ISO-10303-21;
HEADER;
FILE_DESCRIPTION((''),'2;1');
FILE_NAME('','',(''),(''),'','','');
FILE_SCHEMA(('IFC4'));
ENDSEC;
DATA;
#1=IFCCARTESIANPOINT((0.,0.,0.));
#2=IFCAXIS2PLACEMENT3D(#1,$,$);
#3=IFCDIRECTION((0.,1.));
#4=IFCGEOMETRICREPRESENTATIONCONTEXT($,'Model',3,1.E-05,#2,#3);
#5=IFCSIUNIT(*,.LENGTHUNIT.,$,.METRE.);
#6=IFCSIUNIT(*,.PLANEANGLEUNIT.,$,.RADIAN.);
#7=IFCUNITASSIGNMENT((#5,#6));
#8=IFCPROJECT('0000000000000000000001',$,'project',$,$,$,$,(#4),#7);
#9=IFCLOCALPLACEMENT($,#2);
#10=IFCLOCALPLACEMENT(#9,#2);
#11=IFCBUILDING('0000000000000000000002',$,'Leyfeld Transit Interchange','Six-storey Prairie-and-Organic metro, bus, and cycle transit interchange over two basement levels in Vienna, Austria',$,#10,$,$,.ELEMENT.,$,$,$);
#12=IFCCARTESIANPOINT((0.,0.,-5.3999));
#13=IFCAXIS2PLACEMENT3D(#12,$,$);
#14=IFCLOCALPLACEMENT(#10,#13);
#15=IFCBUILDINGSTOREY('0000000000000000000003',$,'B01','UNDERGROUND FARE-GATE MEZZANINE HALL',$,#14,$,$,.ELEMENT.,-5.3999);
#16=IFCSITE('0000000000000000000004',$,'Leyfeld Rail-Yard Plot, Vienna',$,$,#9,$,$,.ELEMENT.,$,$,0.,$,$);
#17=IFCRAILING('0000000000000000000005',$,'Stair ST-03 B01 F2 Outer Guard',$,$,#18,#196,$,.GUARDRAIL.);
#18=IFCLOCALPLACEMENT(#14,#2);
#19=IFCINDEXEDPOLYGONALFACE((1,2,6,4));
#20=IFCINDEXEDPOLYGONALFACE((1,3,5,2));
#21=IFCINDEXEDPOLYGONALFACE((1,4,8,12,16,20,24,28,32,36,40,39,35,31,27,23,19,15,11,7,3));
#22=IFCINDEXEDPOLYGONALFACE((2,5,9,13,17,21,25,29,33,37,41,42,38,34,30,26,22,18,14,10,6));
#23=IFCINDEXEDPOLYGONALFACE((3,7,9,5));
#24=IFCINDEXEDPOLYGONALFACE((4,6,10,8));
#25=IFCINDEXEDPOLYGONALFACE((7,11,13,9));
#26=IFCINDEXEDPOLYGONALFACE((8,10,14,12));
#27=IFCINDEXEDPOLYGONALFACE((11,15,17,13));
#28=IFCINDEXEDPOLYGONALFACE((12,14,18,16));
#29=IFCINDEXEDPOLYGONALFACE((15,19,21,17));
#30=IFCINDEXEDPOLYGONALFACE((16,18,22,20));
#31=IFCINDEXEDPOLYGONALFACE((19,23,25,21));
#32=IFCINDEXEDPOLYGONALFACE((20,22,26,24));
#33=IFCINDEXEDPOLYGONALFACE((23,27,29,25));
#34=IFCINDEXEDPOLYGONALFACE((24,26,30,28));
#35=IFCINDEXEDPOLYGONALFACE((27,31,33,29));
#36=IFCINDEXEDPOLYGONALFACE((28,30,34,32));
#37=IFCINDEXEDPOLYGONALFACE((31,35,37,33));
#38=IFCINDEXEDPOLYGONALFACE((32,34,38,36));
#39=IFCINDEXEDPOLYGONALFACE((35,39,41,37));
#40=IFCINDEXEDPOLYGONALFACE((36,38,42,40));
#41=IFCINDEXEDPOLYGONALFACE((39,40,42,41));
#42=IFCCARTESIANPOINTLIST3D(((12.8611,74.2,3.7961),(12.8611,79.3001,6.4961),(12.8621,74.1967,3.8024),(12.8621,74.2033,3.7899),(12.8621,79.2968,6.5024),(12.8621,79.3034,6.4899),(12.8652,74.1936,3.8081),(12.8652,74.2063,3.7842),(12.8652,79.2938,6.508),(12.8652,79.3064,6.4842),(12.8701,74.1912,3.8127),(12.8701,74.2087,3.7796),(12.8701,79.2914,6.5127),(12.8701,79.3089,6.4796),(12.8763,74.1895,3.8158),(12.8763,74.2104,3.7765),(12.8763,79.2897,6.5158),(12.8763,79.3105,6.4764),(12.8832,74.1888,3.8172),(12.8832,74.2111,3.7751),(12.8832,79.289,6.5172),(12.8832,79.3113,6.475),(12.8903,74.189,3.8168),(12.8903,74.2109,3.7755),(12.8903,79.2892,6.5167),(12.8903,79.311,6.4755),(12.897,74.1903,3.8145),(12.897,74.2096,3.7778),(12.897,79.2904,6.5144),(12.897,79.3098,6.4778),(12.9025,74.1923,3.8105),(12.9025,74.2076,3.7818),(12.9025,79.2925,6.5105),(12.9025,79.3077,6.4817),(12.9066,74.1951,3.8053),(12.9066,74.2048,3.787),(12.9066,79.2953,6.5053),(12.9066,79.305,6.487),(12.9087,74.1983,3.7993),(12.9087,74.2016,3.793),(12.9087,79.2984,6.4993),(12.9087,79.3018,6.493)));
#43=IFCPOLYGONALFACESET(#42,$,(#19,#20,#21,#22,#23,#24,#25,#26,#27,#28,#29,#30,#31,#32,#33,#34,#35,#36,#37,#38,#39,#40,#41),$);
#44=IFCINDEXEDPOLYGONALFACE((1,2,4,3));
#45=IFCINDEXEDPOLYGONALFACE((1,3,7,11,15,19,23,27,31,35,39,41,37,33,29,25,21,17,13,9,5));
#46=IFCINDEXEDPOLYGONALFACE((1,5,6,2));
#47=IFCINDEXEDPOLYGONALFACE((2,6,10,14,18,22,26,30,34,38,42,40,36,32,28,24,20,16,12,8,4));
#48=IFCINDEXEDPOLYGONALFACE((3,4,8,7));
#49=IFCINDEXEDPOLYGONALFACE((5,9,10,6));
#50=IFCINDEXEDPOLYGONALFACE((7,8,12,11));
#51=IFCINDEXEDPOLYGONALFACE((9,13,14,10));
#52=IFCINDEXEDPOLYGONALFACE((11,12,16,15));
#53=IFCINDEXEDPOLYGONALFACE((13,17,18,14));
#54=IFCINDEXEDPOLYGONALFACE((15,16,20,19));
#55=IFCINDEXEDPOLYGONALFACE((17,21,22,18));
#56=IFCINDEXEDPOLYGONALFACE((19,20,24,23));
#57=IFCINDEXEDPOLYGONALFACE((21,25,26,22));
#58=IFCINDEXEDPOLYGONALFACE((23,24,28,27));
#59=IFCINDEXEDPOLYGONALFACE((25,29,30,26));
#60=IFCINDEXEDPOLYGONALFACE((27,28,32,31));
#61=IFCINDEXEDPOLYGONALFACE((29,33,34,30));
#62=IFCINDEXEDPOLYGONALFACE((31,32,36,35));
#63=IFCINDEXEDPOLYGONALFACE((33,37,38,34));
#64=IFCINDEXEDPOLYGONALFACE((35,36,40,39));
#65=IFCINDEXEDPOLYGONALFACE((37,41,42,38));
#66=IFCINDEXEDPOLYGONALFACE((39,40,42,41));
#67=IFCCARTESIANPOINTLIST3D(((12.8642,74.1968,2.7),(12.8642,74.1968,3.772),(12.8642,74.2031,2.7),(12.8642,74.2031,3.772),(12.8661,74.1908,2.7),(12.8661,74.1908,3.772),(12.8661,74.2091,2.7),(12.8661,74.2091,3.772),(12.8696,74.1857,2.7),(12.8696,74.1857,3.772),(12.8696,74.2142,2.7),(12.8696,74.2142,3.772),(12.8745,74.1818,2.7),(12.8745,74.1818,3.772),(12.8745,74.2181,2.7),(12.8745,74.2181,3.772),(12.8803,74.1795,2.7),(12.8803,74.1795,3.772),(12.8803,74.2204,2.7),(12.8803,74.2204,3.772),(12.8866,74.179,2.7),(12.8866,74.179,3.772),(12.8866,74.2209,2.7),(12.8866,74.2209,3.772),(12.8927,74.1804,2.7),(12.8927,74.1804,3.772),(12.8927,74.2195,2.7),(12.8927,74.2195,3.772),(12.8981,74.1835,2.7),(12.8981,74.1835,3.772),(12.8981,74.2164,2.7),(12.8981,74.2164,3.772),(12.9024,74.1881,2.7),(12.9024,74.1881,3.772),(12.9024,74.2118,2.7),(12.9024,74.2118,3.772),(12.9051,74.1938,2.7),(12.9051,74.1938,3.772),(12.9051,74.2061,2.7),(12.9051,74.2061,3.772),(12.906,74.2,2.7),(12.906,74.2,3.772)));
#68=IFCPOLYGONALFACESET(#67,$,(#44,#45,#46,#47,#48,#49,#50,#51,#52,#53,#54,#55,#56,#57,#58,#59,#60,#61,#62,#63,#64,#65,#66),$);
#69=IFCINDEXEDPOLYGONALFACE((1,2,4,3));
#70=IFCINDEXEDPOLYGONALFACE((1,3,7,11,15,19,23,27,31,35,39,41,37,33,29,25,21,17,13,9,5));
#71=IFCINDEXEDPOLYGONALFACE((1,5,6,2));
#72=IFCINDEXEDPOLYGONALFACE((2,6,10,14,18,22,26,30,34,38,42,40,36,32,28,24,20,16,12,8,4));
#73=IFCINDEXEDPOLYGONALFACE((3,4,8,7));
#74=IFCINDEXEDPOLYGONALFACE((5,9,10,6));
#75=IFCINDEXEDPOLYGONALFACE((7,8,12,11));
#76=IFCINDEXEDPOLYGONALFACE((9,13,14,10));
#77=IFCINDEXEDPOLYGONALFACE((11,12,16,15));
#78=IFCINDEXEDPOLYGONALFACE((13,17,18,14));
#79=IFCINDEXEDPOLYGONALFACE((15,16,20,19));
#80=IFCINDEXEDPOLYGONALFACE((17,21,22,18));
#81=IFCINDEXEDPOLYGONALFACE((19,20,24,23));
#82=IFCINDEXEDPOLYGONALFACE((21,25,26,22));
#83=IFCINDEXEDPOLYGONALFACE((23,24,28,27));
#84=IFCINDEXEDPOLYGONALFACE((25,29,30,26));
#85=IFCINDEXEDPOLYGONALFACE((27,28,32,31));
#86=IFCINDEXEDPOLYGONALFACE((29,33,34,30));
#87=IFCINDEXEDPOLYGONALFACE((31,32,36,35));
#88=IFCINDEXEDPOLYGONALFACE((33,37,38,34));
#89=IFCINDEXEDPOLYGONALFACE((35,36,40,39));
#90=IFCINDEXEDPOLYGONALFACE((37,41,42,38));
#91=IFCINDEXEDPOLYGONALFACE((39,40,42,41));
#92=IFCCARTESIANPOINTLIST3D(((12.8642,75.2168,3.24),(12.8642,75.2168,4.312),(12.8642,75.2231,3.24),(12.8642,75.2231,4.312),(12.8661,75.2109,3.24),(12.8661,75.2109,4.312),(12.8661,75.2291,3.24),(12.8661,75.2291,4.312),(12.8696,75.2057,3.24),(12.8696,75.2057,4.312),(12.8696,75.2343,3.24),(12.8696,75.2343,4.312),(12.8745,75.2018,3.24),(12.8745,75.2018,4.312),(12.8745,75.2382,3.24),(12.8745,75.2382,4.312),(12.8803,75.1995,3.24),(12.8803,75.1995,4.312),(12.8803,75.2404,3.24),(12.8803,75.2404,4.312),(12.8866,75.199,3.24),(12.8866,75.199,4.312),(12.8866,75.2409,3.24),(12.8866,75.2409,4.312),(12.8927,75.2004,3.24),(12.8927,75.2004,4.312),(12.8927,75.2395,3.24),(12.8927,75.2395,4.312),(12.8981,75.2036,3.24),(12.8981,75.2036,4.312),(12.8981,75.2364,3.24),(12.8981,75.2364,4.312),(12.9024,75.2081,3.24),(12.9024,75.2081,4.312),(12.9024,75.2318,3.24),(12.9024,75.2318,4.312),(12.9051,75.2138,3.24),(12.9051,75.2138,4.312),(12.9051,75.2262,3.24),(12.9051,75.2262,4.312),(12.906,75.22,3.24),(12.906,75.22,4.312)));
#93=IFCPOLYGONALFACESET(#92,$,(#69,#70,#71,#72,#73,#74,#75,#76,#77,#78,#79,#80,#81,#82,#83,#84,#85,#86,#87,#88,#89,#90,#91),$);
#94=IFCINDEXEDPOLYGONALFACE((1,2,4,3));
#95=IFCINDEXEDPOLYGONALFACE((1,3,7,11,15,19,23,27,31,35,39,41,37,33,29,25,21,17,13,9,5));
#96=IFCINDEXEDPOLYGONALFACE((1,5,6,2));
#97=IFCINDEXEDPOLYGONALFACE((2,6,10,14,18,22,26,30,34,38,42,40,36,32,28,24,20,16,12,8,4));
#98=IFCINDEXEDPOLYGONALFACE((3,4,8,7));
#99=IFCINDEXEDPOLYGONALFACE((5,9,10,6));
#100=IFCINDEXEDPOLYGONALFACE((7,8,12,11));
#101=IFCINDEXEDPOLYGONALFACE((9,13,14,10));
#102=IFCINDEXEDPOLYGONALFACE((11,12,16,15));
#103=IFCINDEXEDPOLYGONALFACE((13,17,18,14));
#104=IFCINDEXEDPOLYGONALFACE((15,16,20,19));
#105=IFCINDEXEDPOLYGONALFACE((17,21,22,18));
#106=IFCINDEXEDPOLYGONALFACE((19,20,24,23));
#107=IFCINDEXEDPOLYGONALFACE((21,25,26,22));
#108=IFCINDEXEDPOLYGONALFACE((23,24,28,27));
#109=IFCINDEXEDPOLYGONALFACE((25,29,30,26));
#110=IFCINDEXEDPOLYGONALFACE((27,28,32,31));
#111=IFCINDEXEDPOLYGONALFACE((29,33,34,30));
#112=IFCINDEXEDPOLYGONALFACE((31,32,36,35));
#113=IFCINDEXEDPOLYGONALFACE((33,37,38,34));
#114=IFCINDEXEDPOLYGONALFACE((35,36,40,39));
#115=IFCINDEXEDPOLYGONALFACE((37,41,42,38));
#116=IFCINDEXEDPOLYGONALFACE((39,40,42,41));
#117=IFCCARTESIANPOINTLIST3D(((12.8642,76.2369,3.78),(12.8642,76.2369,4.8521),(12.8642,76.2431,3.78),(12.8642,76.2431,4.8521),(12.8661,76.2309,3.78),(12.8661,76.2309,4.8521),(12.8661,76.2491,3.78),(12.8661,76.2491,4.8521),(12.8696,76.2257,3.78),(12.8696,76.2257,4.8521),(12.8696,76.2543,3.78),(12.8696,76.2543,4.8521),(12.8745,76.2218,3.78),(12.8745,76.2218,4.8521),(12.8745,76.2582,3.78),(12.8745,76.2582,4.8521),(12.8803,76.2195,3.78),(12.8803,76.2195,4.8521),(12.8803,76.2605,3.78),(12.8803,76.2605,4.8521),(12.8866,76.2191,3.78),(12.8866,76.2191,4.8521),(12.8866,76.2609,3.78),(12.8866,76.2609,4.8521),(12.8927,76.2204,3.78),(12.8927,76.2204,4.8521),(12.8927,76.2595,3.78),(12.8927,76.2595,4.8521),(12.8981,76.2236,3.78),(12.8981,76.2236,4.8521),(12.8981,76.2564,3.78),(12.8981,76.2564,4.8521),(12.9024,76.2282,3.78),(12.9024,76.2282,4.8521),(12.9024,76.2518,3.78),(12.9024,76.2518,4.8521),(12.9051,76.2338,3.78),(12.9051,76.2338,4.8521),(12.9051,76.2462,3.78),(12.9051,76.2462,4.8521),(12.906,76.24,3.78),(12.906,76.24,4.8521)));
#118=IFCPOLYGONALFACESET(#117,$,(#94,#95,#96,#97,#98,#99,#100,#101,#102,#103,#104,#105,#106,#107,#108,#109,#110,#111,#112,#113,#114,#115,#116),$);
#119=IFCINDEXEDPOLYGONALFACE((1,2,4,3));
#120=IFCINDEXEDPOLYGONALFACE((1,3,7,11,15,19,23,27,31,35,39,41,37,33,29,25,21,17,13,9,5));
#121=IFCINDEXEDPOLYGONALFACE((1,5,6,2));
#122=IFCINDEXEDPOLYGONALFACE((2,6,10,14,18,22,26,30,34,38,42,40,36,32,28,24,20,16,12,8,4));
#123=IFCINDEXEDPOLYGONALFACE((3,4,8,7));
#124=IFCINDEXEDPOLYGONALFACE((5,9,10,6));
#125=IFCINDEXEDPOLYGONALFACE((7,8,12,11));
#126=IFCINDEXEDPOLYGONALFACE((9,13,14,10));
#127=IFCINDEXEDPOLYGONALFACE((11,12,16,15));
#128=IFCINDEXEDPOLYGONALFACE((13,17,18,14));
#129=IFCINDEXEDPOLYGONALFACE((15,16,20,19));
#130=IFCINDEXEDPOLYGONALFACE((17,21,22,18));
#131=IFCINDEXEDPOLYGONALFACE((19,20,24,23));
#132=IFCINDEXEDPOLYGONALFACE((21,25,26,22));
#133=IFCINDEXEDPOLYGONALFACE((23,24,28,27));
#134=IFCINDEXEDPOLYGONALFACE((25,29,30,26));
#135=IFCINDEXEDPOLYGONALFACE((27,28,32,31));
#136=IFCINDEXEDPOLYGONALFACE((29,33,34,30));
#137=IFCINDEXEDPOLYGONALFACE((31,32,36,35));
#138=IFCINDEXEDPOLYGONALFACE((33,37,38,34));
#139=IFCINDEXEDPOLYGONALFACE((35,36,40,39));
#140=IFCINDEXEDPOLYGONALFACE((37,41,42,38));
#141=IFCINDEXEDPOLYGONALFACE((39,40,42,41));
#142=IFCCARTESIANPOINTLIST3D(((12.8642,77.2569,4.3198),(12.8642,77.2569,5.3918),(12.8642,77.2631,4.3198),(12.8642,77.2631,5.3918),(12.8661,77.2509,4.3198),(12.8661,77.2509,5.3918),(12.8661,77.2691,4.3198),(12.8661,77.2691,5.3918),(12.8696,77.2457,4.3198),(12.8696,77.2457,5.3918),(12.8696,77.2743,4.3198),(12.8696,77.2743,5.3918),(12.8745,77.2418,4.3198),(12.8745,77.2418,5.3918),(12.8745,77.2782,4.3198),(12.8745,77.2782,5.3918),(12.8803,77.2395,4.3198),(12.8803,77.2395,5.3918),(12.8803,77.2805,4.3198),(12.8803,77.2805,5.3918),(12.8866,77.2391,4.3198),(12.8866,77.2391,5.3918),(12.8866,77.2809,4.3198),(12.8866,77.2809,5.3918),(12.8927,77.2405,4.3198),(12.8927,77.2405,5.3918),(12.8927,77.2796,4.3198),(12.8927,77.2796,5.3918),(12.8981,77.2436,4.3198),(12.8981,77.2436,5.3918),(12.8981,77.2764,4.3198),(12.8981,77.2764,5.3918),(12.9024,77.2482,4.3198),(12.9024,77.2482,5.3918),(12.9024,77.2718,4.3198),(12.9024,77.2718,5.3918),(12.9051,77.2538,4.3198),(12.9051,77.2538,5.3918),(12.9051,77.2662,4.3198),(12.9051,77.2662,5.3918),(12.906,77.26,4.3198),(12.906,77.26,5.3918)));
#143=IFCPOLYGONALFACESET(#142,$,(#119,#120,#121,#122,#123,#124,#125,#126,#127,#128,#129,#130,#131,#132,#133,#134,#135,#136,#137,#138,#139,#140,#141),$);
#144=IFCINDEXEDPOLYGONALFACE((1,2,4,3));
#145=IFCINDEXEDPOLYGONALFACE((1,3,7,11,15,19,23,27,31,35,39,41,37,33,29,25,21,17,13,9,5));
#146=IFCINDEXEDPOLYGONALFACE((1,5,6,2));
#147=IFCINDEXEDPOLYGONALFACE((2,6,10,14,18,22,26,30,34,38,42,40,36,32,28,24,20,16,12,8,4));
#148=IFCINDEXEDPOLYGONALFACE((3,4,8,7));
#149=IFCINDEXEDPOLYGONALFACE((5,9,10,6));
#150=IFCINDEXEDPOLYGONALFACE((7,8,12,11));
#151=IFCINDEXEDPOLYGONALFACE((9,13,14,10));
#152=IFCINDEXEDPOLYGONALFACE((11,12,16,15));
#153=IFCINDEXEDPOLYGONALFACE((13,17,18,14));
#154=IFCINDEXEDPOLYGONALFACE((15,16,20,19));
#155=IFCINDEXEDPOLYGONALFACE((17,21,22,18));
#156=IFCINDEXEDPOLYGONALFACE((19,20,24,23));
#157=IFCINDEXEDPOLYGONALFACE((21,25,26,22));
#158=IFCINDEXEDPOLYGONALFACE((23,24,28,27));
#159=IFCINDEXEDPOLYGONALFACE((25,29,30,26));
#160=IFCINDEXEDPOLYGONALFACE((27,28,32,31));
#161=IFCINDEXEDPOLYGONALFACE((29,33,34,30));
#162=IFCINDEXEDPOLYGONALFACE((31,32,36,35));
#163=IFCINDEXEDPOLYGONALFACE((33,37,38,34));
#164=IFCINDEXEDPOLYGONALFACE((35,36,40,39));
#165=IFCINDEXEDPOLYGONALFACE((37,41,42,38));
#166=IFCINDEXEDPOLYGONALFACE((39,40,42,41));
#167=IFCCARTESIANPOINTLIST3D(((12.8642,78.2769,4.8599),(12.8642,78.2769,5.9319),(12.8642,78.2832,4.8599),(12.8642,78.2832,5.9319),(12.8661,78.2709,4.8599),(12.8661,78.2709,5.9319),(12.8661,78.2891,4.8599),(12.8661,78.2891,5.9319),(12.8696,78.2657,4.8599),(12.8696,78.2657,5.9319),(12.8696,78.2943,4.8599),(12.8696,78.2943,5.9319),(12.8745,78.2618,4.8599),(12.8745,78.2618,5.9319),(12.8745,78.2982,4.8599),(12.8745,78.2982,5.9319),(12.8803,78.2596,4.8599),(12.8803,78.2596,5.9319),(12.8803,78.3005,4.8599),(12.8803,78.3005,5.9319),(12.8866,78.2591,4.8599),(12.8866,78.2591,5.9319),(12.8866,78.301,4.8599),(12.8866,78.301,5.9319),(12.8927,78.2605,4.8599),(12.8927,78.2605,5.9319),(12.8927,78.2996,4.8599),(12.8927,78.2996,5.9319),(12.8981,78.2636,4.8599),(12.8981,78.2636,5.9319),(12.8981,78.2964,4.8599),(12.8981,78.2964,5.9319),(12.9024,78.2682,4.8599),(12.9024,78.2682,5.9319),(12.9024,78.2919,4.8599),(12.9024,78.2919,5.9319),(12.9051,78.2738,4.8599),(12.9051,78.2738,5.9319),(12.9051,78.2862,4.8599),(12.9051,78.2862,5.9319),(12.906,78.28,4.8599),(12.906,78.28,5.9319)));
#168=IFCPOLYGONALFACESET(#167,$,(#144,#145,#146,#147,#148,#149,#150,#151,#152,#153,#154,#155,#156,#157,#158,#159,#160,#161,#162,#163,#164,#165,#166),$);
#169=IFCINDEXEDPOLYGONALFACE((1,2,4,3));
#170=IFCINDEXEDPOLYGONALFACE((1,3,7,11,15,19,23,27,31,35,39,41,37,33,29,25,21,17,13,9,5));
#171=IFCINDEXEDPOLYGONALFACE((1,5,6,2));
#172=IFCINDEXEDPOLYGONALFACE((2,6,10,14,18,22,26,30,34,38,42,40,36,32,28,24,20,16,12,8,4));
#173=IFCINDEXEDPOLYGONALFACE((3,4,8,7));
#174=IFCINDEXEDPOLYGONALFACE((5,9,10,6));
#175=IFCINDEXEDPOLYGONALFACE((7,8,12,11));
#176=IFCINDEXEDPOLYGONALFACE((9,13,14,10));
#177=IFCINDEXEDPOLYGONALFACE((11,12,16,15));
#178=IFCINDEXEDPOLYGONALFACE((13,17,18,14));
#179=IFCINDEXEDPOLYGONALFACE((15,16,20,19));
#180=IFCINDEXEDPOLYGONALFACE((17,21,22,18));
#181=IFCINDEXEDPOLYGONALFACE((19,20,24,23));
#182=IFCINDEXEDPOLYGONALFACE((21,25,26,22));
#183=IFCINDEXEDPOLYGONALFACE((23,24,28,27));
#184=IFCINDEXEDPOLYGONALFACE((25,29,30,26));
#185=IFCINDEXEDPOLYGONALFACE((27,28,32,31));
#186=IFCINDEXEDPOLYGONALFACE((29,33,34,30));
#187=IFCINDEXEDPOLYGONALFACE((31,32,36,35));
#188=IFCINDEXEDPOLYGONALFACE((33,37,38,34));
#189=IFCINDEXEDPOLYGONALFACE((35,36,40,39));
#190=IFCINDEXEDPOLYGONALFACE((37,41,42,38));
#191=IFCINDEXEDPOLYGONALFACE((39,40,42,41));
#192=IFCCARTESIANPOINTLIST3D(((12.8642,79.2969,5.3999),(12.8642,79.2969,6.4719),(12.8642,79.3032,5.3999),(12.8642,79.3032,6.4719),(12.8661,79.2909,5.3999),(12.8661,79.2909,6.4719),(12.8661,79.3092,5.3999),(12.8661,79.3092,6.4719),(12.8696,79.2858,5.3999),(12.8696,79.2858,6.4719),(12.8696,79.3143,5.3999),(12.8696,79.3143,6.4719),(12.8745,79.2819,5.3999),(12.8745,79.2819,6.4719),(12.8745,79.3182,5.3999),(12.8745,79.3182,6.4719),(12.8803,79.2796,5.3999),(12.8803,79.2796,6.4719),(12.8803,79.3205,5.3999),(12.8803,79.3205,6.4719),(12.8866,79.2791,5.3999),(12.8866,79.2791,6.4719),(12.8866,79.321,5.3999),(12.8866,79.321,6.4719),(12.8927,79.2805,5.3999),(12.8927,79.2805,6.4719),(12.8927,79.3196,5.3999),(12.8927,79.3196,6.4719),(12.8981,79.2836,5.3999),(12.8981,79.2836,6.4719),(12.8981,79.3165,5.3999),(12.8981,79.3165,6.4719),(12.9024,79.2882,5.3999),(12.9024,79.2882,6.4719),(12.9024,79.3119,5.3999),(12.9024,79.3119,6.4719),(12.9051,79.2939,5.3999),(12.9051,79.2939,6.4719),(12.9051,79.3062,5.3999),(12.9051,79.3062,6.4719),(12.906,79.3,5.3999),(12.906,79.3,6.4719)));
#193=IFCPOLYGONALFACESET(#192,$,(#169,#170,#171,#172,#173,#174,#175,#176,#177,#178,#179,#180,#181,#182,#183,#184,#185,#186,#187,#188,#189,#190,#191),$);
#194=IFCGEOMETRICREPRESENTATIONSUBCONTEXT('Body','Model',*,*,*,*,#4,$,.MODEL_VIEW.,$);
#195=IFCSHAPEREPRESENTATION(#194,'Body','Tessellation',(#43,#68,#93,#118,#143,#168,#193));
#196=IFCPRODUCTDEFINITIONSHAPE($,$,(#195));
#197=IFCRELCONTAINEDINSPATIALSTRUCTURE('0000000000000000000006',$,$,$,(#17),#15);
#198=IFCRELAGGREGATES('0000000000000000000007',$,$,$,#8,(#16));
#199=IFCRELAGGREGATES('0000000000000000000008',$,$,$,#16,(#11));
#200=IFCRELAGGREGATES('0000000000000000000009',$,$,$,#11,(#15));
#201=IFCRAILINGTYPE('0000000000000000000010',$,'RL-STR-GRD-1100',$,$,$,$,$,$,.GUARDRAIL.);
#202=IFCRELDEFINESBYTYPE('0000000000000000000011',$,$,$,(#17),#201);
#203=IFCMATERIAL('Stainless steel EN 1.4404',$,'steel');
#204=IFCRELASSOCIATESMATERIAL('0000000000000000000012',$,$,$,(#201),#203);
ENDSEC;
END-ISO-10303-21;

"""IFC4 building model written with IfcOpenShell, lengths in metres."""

from ifc_helpers import new_model, si_unit, direction, frame, origin, origin_2d, place, context, subcontext, project, spatial, circle, extrude, material, type_object, element, save


model = new_model("IFC4")

# Units and contexts
model_context = context("Model", 3, precision=1e-05, world=origin(), true_north=direction((0.0, 1.0)))
body_context = subcontext(model_context, "Body", "Model", "MODEL_VIEW")
ifc_project = project(units=[si_unit("LENGTHUNIT", "METRE"), si_unit("PLANEANGLEUNIT", "RADIAN")], contexts=[model_context])

# Site, building, storey
site_placement = place(None, origin())
site = spatial("IfcSite", under=ifc_project, at=site_placement, Name="Leyfeld Rail-Yard Plot, Vienna", CompositionType="ELEMENT", RefElevation=0.0)
building_placement = place(site_placement, origin())
building = spatial("IfcBuilding", under=site, at=building_placement, Name="Leyfeld Transit Interchange", Description="Six-storey Prairie-and-Organic metro, bus, and cycle transit interchange over two basement levels in Vienna, Austria", CompositionType="ELEMENT")
storey_placement = place(building_placement, frame((0.0, 0.0, -5.3999)))
storey = spatial("IfcBuildingStorey", under=building, at=storey_placement, Name="B01", Description="UNDERGROUND FARE-GATE MEZZANINE HALL", CompositionType="ELEMENT", Elevation=-5.3999)

# Railing
ifc_material_1 = material(Name="Stainless steel EN 1.4404", Category="steel")
railing_type_1 = type_object("IfcRailingType", Name="RL-STR-GRD-1100", PredefinedType="GUARDRAIL", material=ifc_material_1)
for number, where, name in (
    (1, (12.885, 74.2, 2.7), "Stair ST-03 B01 F2 Outer Guard"),
):
    element("IfcRailing", number, at=place(storey_placement, frame(where)), inside=storey, type_object=railing_type_1, Name=name, PredefinedType="GUARDRAIL", context=body_context, shape_type="SweptSolid", body=[
        extrude(circle(Radius=0.0239, at=origin_2d()), frame((0.0, 0.0, 1.0962), z_axis=(0.0, 0.883795, 0.467874), x_axis=(-1.0, 0.0, 0.0)), (0.0, 0.0, 1.0), 5.7708),
        extrude(circle(Radius=0.021, at=origin_2d()), origin(), (0.0, 0.0, 1.0), 1.072),
        extrude(circle(Radius=0.021, at=origin_2d()), frame((0.0, 1.02, 0.54)), (0.0, 0.0, 1.0), 1.072),
        extrude(circle(Radius=0.021, at=origin_2d()), frame((0.0, 2.04, 1.0801)), (0.0, 0.0, 1.0), 1.072),
        extrude(circle(Radius=0.021, at=origin_2d()), frame((0.0, 3.0601, 1.6199)), (0.0, 0.0, 1.0), 1.072),
        extrude(circle(Radius=0.021, at=origin_2d()), frame((0.0, 4.0801, 2.1599)), (0.0, 0.0, 1.0), 1.072),
        extrude(circle(Radius=0.021, at=origin_2d()), frame((0.0, 5.1001, 2.7)), (0.0, 0.0, 1.0), 1.072),
    ])

save(model, "model.ifc")
